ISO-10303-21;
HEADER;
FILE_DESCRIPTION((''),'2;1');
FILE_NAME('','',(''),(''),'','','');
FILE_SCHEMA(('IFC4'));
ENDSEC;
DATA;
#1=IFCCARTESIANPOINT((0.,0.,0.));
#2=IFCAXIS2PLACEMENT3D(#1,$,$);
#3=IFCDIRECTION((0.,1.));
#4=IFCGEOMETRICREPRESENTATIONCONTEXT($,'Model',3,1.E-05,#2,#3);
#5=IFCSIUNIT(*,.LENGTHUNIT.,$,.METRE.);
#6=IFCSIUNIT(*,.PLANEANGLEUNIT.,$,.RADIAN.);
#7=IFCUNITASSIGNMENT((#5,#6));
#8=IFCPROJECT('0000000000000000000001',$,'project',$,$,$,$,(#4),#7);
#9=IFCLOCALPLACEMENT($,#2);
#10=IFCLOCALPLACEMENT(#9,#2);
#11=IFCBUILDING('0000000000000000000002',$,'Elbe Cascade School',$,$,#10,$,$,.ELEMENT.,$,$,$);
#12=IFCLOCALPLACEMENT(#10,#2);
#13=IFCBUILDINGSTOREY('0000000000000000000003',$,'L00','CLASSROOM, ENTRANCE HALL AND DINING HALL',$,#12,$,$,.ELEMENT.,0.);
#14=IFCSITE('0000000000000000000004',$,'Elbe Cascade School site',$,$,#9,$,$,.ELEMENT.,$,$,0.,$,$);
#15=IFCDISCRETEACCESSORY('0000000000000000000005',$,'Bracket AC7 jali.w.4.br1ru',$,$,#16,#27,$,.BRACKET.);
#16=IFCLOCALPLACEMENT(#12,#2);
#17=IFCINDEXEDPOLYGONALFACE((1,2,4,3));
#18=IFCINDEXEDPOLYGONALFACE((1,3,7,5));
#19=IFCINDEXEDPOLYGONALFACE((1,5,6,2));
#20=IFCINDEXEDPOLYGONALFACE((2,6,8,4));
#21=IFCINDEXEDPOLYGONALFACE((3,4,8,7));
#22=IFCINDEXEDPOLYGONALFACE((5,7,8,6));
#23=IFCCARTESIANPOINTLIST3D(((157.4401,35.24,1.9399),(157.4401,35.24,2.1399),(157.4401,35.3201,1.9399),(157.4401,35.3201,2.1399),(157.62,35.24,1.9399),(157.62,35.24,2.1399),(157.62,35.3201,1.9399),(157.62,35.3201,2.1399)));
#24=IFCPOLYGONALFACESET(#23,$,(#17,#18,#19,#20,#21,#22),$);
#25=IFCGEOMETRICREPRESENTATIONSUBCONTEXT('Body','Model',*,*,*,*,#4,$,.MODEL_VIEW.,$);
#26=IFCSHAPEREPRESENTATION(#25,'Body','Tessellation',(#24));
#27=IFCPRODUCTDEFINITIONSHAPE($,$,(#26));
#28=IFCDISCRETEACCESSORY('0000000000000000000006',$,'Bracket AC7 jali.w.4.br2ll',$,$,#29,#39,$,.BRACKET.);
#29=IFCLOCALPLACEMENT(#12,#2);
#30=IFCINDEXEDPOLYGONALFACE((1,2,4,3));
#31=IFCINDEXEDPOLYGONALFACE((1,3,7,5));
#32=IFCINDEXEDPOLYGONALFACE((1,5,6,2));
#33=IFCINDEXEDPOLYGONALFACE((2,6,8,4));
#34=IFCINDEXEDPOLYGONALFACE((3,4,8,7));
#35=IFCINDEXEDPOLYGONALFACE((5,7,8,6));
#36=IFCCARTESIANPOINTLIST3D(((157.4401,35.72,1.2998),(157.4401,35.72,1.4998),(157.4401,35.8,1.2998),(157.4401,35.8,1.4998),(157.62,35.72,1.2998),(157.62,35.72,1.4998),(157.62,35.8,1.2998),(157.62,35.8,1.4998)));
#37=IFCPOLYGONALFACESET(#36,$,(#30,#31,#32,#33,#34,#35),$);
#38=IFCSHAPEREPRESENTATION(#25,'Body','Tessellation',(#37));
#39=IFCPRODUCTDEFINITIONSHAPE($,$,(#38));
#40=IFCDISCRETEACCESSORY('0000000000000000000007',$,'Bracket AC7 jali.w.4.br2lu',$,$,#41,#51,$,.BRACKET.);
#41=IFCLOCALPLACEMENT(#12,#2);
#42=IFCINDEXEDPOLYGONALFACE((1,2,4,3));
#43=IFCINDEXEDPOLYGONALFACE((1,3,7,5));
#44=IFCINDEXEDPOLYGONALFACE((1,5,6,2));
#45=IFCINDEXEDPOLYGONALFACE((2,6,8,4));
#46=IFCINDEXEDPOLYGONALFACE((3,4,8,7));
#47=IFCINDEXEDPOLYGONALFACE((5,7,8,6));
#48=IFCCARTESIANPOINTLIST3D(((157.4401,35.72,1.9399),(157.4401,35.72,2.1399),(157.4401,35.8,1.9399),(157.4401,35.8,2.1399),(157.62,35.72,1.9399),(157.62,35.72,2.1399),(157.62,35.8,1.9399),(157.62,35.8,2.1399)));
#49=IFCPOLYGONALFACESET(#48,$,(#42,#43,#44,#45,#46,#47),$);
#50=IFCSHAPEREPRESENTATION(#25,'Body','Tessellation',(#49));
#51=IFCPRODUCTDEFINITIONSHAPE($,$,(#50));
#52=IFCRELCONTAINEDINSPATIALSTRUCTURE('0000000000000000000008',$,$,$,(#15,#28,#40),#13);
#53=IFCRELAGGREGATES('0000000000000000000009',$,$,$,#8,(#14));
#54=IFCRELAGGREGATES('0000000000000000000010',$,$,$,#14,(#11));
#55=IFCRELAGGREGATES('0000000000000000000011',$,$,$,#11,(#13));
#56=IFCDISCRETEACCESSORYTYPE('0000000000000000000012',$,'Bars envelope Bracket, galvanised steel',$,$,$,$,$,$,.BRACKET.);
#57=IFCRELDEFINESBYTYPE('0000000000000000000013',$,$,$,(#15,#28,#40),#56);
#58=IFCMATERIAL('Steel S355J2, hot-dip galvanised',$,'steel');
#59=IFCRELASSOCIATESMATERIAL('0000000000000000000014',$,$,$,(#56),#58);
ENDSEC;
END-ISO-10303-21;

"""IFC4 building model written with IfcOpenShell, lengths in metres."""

from ifc_helpers import new_model, si_unit, direction, frame, origin, origin_2d, place, context, subcontext, project, spatial, rectangle, extrude, material, type_object, element, save


model = new_model("IFC4")

# Units and contexts
model_context = context("Model", 3, precision=1e-05, world=origin(), true_north=direction((0.0, 1.0)))
body_context = subcontext(model_context, "Body", "Model", "MODEL_VIEW")
ifc_project = project(units=[si_unit("LENGTHUNIT", "METRE"), si_unit("PLANEANGLEUNIT", "RADIAN")], contexts=[model_context])

# Site, building, storey
site_placement = place(None, origin())
site = spatial("IfcSite", under=ifc_project, at=site_placement, Name="Elbe Cascade School site", CompositionType="ELEMENT", RefElevation=0.0)
building_placement = place(site_placement, origin())
building = spatial("IfcBuilding", under=site, at=building_placement, Name="Elbe Cascade School", CompositionType="ELEMENT")
storey_placement = place(building_placement, origin())
storey = spatial("IfcBuildingStorey", under=building, at=storey_placement, Name="L00", Description="CLASSROOM, ENTRANCE HALL AND DINING HALL", CompositionType="ELEMENT", Elevation=0.0)

# Discrete accessories
ifc_material_1 = material(Name="Steel S355J2, hot-dip galvanised", Category="steel")
discrete_accessory_type = type_object("IfcDiscreteAccessoryType", Name="Bars envelope Bracket, galvanised steel", PredefinedType="BRACKET", material=ifc_material_1)
for number, where, z_axis, x_axis, name in (
    (1, (157.53, 35.28, 1.9399), (0.0, 0.0, 1.0), (0.0, 1.0, 0.0), "Bracket AC7 jali.w.4.br1ru"),
    (2, (157.53, 35.76, 1.2998), (0.0, 0.0, 1.0), (0.0, 1.0, 0.0), "Bracket AC7 jali.w.4.br2ll"),
    (3, (157.53, 35.76, 1.9399), (0.0, 0.0, 1.0), (0.0, 1.0, 0.0), "Bracket AC7 jali.w.4.br2lu"),
):
    element("IfcDiscreteAccessory", number, at=place(storey_placement, frame(where, z_axis=z_axis, x_axis=x_axis)), inside=storey, type_object=discrete_accessory_type, Name=name, PredefinedType="BRACKET", context=body_context, shape_type="SweptSolid", body=[
        extrude(rectangle(XDim=0.0801, YDim=0.1799, at=origin_2d()), origin(), (0.0, 0.0, 1.0), 0.2),
    ])

save(model, "model.ifc")
